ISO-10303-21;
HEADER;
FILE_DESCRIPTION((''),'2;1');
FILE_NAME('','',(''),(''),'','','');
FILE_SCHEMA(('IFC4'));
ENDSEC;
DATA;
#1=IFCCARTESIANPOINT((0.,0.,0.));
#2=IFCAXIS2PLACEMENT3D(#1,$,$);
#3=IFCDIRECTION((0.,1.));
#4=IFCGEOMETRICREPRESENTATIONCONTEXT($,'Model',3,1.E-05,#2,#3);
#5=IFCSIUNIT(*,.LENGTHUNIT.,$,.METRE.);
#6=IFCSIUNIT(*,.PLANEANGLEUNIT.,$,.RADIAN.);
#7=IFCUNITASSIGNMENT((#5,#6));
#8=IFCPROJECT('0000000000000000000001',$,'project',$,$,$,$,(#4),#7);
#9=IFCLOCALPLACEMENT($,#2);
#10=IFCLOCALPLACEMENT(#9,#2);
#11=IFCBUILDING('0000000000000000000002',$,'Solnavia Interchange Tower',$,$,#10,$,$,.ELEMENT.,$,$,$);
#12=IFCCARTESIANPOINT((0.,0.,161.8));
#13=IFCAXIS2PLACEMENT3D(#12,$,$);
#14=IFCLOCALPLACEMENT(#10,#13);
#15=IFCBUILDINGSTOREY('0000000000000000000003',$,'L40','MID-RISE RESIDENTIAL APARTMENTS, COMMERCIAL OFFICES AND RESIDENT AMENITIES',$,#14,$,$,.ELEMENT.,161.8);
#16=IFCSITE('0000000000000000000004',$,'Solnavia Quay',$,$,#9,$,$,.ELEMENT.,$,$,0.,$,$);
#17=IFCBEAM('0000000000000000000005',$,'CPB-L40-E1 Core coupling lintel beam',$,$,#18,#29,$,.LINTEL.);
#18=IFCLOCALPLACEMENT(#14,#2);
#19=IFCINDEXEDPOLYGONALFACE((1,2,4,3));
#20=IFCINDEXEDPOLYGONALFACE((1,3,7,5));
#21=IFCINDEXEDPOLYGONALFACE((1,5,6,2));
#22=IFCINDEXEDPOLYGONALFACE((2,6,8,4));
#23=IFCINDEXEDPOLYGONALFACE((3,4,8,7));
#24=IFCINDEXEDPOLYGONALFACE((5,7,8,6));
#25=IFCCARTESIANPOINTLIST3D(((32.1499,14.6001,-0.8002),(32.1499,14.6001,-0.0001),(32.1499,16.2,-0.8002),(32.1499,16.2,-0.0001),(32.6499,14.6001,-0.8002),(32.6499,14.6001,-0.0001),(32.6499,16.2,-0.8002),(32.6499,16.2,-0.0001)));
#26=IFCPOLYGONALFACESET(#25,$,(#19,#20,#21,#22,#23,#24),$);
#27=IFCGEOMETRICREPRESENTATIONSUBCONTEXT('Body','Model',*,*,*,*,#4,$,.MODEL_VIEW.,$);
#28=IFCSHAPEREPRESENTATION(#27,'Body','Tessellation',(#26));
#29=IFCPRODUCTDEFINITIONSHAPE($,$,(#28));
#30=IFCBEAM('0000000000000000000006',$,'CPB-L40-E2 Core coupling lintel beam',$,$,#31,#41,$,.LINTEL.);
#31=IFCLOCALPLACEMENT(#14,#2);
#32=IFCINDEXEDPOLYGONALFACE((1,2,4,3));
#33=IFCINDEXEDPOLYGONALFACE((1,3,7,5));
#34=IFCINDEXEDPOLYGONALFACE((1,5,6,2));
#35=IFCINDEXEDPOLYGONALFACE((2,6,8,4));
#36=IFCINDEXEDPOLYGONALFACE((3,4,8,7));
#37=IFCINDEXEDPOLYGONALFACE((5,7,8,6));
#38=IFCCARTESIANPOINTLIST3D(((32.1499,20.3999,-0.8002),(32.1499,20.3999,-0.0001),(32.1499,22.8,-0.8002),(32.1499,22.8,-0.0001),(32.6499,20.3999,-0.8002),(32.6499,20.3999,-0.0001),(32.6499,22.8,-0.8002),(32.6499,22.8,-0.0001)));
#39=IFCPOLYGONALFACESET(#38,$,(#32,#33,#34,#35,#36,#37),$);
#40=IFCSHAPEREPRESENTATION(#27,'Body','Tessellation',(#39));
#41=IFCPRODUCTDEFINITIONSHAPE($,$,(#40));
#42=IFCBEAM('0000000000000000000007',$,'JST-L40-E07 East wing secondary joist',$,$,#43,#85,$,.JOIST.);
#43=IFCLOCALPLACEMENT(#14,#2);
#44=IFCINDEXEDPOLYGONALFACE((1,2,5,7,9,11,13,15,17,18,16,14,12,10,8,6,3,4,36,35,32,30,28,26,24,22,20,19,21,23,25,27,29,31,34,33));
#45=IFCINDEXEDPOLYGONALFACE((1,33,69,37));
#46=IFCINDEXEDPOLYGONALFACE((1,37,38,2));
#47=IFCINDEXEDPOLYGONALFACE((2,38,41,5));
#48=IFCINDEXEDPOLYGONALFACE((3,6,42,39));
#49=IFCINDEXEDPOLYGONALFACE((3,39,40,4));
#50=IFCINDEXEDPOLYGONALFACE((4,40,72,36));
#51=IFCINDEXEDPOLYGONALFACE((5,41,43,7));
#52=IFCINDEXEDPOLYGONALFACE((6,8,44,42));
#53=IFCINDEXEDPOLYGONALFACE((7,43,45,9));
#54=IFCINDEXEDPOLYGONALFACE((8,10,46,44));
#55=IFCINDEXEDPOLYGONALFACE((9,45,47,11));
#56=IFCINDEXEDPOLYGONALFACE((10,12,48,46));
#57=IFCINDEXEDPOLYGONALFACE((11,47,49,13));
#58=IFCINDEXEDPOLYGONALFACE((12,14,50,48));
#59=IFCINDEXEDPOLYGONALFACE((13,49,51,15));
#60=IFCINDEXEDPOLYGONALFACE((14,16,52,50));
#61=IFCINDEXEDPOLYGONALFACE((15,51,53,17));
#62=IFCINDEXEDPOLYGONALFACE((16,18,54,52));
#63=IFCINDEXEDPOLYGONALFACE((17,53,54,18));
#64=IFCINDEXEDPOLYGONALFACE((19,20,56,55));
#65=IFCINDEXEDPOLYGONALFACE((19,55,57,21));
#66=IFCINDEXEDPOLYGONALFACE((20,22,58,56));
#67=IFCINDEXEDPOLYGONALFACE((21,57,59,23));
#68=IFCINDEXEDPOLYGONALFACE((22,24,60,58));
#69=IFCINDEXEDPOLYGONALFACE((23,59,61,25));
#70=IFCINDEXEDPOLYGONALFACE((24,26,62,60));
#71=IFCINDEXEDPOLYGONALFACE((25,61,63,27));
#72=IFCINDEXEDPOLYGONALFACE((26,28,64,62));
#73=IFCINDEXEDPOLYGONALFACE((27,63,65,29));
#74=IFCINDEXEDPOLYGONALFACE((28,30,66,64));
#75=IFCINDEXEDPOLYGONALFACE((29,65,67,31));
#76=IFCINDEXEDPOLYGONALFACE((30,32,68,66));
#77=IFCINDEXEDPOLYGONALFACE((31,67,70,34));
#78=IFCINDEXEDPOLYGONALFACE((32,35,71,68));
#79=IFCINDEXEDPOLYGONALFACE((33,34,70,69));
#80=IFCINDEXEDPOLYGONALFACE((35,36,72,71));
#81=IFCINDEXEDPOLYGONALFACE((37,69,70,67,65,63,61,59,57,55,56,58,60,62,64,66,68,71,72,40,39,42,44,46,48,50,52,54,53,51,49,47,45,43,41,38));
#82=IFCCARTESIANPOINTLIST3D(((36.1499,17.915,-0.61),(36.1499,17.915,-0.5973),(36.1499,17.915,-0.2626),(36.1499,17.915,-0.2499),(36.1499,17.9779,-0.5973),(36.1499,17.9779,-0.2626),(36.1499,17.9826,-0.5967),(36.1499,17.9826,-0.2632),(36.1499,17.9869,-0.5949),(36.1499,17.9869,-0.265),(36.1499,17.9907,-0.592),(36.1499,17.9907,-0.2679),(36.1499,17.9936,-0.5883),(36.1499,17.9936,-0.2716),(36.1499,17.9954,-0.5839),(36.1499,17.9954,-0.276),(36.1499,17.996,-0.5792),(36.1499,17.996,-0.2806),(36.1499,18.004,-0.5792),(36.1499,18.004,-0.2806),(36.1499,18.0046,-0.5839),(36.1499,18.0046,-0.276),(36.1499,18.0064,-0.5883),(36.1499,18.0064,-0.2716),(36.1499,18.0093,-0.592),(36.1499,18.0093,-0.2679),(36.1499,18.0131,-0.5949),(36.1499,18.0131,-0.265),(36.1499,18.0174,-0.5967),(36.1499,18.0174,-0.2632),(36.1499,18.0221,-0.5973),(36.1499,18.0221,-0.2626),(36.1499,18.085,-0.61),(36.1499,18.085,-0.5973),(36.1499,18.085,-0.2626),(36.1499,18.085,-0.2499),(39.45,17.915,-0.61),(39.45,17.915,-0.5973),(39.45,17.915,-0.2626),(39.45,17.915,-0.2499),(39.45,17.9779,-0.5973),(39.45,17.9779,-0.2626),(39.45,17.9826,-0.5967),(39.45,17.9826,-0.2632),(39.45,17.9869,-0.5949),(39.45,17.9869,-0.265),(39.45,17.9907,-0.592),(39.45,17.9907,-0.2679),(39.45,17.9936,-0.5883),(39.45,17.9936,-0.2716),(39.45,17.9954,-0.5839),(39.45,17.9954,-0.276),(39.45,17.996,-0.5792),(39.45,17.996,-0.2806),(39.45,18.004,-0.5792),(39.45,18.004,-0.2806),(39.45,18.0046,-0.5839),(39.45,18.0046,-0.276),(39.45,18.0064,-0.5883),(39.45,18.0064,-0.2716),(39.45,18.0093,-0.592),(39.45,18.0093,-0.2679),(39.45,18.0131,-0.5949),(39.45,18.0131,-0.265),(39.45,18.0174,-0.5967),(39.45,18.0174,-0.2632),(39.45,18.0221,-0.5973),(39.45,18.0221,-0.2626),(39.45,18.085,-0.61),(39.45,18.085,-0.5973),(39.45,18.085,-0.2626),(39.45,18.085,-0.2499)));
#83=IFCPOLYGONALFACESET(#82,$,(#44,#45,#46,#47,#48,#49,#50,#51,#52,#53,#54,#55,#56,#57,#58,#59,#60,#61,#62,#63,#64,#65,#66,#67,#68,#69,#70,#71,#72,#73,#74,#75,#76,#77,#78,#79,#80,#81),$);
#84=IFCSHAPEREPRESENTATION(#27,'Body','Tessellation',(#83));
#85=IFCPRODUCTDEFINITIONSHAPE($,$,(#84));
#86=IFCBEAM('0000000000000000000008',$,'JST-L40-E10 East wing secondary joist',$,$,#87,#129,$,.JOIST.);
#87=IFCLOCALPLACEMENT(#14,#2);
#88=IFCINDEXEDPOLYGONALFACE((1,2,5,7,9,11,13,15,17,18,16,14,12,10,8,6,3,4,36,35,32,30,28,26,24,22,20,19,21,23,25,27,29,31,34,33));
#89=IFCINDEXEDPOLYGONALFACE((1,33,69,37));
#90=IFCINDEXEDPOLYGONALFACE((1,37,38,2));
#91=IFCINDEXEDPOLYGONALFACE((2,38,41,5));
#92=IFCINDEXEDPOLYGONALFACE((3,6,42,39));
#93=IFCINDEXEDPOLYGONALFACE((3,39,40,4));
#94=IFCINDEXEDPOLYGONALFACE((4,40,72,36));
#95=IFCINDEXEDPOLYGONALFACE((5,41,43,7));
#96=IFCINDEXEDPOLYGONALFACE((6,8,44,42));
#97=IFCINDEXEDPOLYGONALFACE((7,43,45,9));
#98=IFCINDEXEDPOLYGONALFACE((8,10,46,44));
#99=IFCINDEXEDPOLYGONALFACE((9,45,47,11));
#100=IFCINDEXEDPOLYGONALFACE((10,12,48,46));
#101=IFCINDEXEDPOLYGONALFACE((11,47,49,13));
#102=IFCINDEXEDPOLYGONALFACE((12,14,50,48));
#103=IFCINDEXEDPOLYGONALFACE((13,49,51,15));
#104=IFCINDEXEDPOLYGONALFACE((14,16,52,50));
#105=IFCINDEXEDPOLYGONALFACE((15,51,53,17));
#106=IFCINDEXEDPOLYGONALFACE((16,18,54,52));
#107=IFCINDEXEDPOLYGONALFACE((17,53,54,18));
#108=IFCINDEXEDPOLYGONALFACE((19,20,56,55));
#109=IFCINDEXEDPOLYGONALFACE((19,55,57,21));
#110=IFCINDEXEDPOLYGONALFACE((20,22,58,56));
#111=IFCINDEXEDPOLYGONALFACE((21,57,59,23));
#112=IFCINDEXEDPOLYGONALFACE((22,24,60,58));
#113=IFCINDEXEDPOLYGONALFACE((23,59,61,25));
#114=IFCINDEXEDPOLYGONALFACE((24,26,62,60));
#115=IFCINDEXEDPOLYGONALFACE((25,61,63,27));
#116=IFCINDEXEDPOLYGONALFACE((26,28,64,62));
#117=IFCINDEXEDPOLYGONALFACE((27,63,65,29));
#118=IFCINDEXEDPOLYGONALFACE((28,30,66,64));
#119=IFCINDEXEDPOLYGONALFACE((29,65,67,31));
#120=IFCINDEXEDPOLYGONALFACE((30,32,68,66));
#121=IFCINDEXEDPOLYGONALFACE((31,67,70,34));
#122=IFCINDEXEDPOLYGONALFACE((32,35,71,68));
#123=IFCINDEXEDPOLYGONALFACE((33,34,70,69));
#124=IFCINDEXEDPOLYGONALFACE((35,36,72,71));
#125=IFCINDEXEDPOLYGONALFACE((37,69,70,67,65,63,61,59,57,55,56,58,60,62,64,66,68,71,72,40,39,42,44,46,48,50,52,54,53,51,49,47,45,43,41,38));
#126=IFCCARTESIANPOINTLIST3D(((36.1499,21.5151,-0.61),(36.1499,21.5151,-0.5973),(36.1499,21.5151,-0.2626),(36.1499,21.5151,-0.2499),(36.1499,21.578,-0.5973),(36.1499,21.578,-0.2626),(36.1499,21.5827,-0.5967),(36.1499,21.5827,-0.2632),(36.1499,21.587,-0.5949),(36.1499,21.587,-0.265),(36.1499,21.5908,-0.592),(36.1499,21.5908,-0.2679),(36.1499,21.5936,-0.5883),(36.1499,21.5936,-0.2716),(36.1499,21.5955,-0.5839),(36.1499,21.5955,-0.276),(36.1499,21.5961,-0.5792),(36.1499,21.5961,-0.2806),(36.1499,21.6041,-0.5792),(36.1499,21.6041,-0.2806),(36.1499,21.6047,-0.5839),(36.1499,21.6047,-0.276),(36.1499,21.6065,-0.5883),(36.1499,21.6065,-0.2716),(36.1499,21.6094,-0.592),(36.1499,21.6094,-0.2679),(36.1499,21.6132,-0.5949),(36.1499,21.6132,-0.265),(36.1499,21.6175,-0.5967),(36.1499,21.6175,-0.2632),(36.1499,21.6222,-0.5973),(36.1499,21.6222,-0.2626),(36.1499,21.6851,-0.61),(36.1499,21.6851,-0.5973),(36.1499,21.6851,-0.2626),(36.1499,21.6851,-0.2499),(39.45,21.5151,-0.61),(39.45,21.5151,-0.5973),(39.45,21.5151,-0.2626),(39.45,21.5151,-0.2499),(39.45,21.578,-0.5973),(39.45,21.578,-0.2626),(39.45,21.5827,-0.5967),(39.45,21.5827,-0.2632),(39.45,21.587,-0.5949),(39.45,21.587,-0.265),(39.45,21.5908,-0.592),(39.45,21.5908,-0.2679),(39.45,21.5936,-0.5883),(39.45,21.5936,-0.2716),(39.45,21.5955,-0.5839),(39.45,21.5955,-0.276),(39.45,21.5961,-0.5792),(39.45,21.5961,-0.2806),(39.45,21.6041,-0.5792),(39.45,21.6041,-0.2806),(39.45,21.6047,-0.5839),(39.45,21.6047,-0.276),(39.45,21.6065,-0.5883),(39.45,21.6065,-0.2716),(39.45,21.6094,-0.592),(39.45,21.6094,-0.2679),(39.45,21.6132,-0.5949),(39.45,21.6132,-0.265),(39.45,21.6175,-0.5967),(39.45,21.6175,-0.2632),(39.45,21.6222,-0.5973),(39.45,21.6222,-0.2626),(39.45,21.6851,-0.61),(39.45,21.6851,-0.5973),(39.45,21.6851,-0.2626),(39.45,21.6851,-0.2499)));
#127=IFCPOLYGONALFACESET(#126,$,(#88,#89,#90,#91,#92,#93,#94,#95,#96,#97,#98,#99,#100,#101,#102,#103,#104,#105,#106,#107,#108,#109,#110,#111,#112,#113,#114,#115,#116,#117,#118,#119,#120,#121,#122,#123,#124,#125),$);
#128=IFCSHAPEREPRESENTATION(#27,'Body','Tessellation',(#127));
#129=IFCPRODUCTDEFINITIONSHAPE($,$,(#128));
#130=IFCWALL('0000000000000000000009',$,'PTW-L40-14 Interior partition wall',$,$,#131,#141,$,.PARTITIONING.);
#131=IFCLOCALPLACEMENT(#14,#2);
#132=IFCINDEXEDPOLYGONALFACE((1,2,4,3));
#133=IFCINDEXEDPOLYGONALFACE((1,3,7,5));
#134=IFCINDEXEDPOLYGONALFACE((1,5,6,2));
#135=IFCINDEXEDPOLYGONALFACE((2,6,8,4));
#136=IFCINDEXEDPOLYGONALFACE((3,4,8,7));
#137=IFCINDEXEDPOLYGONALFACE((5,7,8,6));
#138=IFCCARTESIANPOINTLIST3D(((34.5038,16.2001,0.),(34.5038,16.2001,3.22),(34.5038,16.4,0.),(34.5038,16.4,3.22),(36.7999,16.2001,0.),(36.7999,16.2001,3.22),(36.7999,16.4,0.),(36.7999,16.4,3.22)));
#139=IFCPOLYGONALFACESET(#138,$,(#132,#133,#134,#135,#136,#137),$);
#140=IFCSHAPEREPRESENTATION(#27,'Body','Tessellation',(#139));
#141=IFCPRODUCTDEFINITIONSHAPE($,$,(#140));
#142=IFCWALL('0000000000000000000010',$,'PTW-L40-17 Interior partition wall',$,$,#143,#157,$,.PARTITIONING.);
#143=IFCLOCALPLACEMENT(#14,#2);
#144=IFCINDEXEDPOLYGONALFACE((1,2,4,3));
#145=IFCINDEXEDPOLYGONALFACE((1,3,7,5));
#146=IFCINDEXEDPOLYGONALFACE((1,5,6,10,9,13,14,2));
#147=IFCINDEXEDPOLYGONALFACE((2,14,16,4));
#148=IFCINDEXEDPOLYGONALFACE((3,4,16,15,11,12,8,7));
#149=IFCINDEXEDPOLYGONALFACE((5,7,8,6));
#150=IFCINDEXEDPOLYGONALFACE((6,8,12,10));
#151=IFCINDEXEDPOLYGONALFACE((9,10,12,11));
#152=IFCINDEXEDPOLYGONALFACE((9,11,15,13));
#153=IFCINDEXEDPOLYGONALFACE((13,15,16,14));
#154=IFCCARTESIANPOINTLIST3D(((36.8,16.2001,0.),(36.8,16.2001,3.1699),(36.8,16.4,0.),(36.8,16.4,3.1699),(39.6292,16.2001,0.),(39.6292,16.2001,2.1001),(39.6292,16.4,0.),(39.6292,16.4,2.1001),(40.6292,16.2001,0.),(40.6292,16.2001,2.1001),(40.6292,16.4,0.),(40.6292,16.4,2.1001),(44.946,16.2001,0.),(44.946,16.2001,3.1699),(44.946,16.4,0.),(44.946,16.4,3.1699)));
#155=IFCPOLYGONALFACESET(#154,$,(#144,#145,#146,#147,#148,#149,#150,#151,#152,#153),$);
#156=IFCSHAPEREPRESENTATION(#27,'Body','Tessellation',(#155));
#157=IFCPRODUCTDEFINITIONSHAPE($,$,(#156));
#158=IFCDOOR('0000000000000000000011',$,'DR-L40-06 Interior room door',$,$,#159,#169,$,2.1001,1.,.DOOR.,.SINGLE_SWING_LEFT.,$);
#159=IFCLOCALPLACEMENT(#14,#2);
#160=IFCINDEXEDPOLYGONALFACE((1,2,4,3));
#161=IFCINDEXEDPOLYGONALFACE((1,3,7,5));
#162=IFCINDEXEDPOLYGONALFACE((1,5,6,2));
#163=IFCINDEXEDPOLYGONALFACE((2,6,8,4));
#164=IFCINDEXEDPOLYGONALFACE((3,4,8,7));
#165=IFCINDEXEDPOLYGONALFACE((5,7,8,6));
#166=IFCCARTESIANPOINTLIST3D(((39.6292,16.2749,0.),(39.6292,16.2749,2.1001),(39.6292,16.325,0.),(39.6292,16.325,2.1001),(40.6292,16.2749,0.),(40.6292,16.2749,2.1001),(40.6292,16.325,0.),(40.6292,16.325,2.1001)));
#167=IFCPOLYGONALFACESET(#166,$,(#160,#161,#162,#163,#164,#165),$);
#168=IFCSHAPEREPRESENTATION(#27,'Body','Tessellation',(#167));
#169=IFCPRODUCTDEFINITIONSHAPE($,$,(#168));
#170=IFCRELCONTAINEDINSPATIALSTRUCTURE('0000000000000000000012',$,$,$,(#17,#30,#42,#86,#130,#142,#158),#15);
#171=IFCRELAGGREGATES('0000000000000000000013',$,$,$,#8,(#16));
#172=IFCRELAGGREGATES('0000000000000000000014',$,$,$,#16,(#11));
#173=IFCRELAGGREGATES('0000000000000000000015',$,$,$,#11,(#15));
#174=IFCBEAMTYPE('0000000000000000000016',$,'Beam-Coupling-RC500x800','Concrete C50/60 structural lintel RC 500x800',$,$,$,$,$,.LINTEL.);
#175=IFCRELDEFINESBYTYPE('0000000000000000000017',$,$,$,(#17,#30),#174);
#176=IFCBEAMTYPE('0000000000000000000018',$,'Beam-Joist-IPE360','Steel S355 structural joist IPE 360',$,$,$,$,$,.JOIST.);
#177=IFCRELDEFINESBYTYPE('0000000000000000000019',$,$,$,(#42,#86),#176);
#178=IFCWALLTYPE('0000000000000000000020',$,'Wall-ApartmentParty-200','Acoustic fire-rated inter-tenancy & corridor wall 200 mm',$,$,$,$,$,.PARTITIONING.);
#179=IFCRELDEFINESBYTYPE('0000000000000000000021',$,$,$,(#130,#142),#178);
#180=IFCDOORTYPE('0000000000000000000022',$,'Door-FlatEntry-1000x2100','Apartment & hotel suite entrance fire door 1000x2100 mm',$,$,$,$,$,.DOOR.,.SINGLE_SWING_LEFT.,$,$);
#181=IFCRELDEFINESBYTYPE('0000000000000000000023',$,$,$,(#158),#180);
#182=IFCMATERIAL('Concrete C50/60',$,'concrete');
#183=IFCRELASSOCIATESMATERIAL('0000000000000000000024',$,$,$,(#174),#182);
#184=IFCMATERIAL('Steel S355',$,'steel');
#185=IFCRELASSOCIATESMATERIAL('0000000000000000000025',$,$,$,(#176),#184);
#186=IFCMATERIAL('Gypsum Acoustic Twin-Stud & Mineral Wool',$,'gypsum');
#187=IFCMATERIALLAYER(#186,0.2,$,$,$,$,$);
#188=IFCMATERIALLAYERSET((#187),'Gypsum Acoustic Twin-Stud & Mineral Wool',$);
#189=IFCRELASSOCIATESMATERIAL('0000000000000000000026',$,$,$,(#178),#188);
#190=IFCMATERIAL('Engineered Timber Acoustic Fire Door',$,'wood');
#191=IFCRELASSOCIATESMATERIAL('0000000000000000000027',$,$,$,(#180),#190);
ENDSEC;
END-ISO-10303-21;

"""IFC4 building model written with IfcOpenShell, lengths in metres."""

from ifc_helpers import new_model, si_unit, direction, frame, frame_2d, origin, origin_2d, place, context, subcontext, project, spatial, rectangle, i_section, extrude, material, layer, layer_set, material_profile, profile_set, type_object, element, fill, save


model = new_model("IFC4")

# Units and contexts
model_context = context("Model", 3, precision=1e-05, world=origin(), true_north=direction((0.0, 1.0)))
body_context = subcontext(model_context, "Body", "Model", "MODEL_VIEW")
ifc_project = project(units=[si_unit("LENGTHUNIT", "METRE"), si_unit("PLANEANGLEUNIT", "RADIAN")], contexts=[model_context])

# Site, building, storey
site_placement = place(None, origin())
site = spatial("IfcSite", under=ifc_project, at=site_placement, Name="Solnavia Quay", CompositionType="ELEMENT", RefElevation=0.0)
building_placement = place(site_placement, origin())
building = spatial("IfcBuilding", under=site, at=building_placement, Name="Solnavia Interchange Tower", CompositionType="ELEMENT")
storey_placement = place(building_placement, frame((0.0, 0.0, 161.8)))
storey = spatial("IfcBuildingStorey", under=building, at=storey_placement, Name="L40", Description="MID-RISE RESIDENTIAL APARTMENTS, COMMERCIAL OFFICES AND RESIDENT AMENITIES", CompositionType="ELEMENT", Elevation=161.8)

# Beams
ifc_material_1 = material(Name="Concrete C50/60", Category="concrete")
ifc_material_profile_1 = material_profile(ifc_material_1, rectangle(XDim=0.5, YDim=0.8, at=origin_2d()), Name="RC 500x800")
ifc_profile_set_1 = profile_set([ifc_material_profile_1], Name="Concrete C50/60")
beam_type_1 = type_object("IfcBeamType", Name="Beam-Coupling-RC500x800", Description="Concrete C50/60 structural lintel RC 500x800", PredefinedType="LINTEL", material=ifc_profile_set_1)
beam_1_placement = place(storey_placement, frame((32.3999, 14.6001, -0.4001), z_axis=(0.0, 1.0, 0.0), x_axis=(-1.0, 0.0, 0.0)))
element("IfcBeam", 1, at=beam_1_placement, inside=storey, type_object=beam_type_1, Name="CPB-L40-E1 Core coupling lintel beam", PredefinedType="LINTEL", context=body_context, shape_type="SweptSolid", body=[
    extrude(rectangle(XDim=0.5, YDim=0.8, at=origin_2d()), origin(), (0.0, 0.0, 1.0), 1.5999),
])
beam_2_placement = place(storey_placement, frame((32.3999, 20.3999, -0.4001), z_axis=(0.0, 1.0, 0.0), x_axis=(-1.0, 0.0, 0.0)))
element("IfcBeam", 2, at=beam_2_placement, inside=storey, type_object=beam_type_1, Name="CPB-L40-E2 Core coupling lintel beam", PredefinedType="LINTEL", context=body_context, shape_type="SweptSolid", body=[
    extrude(rectangle(XDim=0.5, YDim=0.8, at=origin_2d()), origin(), (0.0, 0.0, 1.0), 2.4001),
])
ifc_material_2 = material(Name="Steel S355", Category="steel")
ifc_material_profile_2 = material_profile(ifc_material_2, i_section(OverallWidth=0.1699, OverallDepth=0.3601, WebThickness=0.0081, FlangeThickness=0.0127, FilletRadius=0.0181, at=origin_2d()), Name="IPE 360")
ifc_profile_set_2 = profile_set([ifc_material_profile_2], Name="Steel S355")
beam_type_2 = type_object("IfcBeamType", Name="Beam-Joist-IPE360", Description="Steel S355 structural joist IPE 360", PredefinedType="JOIST", material=ifc_profile_set_2)
for number, where, z_axis, x_axis, name in (
    (3, (36.1499, 18.0, -0.4299), (1.0, 0.0, 0.0), (0.0, 1.0, 0.0), "JST-L40-E07 East wing secondary joist"),
    (4, (36.1499, 21.6001, -0.4299), (1.0, 0.0, 0.0), (0.0, 1.0, 0.0), "JST-L40-E10 East wing secondary joist"),
):
    element("IfcBeam", number, at=place(storey_placement, frame(where, z_axis=z_axis, x_axis=x_axis)), inside=storey, type_object=beam_type_2, Name=name, PredefinedType="JOIST", context=body_context, shape_type="SweptSolid", body=[
        extrude(i_section(OverallWidth=0.1699, OverallDepth=0.3601, WebThickness=0.0081, FlangeThickness=0.0127, FilletRadius=0.0181, at=origin_2d()), origin(), (0.0, 0.0, 1.0), 3.3),
    ])

# Wall
ifc_material_3 = material(Name="Gypsum Acoustic Twin-Stud & Mineral Wool", Category="gypsum")
ifc_layer_1 = layer(ifc_material_3, 0.2)
ifc_layer_set_1 = layer_set([ifc_layer_1], Name="Gypsum Acoustic Twin-Stud & Mineral Wool")
wall_type_1 = type_object("IfcWallType", Name="Wall-ApartmentParty-200", Description="Acoustic fire-rated inter-tenancy & corridor wall 200 mm", PredefinedType="PARTITIONING", material=ifc_layer_set_1)
wall_1_placement = place(storey_placement, frame((34.5039, 16.3, 0.0), z_axis=(0.0, 0.0, 1.0), x_axis=(1.0, 0.0, 0.0)))
element("IfcWall", 5, at=wall_1_placement, inside=storey, type_object=wall_type_1, Name="PTW-L40-14 Interior partition wall", PredefinedType="PARTITIONING", context=body_context, shape_type="SweptSolid", body=[
    extrude(rectangle(XDim=2.2961, YDim=0.2, at=frame_2d((1.1479, 0.0))), origin(), (0.0, 0.0, 1.0), 3.22),
])

# Wall, opening, door
wall_2_placement = place(storey_placement, frame((36.8, 16.3, 0.0), z_axis=(0.0, 0.0, 1.0), x_axis=(1.0, 0.0, 0.0)))
wall_2 = element("IfcWall", 6, at=wall_2_placement, inside=storey, type_object=wall_type_1, Name="PTW-L40-17 Interior partition wall", PredefinedType="PARTITIONING", context=body_context, shape_type="SweptSolid", body=[
    extrude(rectangle(XDim=8.146, YDim=0.2, at=frame_2d((4.073, 0.0))), origin(), (0.0, 0.0, 1.0), 3.1699),
])
opening_1_placement = place(wall_2_placement, frame((2.8291, 0.0, 0.0)))
opening_1 = element("IfcOpeningElement", 7, at=opening_1_placement, cuts=wall_2, PredefinedType="OPENING", context=body_context, shape_type="SweptSolid", body=[
    extrude(rectangle(XDim=1.0, YDim=2.1001, at=frame_2d((0.5, 1.05))), frame((0.0, 0.1099, 0.0), z_axis=(0.0, -1.0, 0.0), x_axis=(1.0, 0.0, 0.0)), (0.0, 0.0, 1.0), 0.22),
])
ifc_material_4 = material(Name="Engineered Timber Acoustic Fire Door", Category="wood")
door_type_1 = type_object("IfcDoorType", Name="Door-FlatEntry-1000x2100", Description="Apartment & hotel suite entrance fire door 1000x2100 mm", OperationType="SINGLE_SWING_LEFT", PredefinedType="DOOR", material=ifc_material_4)
door_1_placement = place(opening_1_placement, origin())
door_1 = element("IfcDoor", 8, at=door_1_placement, inside=storey, type_object=door_type_1, Name="DR-L40-06 Interior room door", OperationType="SINGLE_SWING_LEFT", OverallHeight=2.1001, OverallWidth=1.0, PredefinedType="DOOR", context=body_context, shape_type="SweptSolid", body=[
    extrude(rectangle(XDim=1.0, YDim=2.1001, at=frame_2d((0.5, 1.05))), frame((0.0, 0.0249, 0.0), z_axis=(0.0, -1.0, 0.0), x_axis=(1.0, 0.0, 0.0)), (0.0, 0.0, 1.0), 0.05),
])
fill(opening_1, door_1)

save(model, "model.ifc")
